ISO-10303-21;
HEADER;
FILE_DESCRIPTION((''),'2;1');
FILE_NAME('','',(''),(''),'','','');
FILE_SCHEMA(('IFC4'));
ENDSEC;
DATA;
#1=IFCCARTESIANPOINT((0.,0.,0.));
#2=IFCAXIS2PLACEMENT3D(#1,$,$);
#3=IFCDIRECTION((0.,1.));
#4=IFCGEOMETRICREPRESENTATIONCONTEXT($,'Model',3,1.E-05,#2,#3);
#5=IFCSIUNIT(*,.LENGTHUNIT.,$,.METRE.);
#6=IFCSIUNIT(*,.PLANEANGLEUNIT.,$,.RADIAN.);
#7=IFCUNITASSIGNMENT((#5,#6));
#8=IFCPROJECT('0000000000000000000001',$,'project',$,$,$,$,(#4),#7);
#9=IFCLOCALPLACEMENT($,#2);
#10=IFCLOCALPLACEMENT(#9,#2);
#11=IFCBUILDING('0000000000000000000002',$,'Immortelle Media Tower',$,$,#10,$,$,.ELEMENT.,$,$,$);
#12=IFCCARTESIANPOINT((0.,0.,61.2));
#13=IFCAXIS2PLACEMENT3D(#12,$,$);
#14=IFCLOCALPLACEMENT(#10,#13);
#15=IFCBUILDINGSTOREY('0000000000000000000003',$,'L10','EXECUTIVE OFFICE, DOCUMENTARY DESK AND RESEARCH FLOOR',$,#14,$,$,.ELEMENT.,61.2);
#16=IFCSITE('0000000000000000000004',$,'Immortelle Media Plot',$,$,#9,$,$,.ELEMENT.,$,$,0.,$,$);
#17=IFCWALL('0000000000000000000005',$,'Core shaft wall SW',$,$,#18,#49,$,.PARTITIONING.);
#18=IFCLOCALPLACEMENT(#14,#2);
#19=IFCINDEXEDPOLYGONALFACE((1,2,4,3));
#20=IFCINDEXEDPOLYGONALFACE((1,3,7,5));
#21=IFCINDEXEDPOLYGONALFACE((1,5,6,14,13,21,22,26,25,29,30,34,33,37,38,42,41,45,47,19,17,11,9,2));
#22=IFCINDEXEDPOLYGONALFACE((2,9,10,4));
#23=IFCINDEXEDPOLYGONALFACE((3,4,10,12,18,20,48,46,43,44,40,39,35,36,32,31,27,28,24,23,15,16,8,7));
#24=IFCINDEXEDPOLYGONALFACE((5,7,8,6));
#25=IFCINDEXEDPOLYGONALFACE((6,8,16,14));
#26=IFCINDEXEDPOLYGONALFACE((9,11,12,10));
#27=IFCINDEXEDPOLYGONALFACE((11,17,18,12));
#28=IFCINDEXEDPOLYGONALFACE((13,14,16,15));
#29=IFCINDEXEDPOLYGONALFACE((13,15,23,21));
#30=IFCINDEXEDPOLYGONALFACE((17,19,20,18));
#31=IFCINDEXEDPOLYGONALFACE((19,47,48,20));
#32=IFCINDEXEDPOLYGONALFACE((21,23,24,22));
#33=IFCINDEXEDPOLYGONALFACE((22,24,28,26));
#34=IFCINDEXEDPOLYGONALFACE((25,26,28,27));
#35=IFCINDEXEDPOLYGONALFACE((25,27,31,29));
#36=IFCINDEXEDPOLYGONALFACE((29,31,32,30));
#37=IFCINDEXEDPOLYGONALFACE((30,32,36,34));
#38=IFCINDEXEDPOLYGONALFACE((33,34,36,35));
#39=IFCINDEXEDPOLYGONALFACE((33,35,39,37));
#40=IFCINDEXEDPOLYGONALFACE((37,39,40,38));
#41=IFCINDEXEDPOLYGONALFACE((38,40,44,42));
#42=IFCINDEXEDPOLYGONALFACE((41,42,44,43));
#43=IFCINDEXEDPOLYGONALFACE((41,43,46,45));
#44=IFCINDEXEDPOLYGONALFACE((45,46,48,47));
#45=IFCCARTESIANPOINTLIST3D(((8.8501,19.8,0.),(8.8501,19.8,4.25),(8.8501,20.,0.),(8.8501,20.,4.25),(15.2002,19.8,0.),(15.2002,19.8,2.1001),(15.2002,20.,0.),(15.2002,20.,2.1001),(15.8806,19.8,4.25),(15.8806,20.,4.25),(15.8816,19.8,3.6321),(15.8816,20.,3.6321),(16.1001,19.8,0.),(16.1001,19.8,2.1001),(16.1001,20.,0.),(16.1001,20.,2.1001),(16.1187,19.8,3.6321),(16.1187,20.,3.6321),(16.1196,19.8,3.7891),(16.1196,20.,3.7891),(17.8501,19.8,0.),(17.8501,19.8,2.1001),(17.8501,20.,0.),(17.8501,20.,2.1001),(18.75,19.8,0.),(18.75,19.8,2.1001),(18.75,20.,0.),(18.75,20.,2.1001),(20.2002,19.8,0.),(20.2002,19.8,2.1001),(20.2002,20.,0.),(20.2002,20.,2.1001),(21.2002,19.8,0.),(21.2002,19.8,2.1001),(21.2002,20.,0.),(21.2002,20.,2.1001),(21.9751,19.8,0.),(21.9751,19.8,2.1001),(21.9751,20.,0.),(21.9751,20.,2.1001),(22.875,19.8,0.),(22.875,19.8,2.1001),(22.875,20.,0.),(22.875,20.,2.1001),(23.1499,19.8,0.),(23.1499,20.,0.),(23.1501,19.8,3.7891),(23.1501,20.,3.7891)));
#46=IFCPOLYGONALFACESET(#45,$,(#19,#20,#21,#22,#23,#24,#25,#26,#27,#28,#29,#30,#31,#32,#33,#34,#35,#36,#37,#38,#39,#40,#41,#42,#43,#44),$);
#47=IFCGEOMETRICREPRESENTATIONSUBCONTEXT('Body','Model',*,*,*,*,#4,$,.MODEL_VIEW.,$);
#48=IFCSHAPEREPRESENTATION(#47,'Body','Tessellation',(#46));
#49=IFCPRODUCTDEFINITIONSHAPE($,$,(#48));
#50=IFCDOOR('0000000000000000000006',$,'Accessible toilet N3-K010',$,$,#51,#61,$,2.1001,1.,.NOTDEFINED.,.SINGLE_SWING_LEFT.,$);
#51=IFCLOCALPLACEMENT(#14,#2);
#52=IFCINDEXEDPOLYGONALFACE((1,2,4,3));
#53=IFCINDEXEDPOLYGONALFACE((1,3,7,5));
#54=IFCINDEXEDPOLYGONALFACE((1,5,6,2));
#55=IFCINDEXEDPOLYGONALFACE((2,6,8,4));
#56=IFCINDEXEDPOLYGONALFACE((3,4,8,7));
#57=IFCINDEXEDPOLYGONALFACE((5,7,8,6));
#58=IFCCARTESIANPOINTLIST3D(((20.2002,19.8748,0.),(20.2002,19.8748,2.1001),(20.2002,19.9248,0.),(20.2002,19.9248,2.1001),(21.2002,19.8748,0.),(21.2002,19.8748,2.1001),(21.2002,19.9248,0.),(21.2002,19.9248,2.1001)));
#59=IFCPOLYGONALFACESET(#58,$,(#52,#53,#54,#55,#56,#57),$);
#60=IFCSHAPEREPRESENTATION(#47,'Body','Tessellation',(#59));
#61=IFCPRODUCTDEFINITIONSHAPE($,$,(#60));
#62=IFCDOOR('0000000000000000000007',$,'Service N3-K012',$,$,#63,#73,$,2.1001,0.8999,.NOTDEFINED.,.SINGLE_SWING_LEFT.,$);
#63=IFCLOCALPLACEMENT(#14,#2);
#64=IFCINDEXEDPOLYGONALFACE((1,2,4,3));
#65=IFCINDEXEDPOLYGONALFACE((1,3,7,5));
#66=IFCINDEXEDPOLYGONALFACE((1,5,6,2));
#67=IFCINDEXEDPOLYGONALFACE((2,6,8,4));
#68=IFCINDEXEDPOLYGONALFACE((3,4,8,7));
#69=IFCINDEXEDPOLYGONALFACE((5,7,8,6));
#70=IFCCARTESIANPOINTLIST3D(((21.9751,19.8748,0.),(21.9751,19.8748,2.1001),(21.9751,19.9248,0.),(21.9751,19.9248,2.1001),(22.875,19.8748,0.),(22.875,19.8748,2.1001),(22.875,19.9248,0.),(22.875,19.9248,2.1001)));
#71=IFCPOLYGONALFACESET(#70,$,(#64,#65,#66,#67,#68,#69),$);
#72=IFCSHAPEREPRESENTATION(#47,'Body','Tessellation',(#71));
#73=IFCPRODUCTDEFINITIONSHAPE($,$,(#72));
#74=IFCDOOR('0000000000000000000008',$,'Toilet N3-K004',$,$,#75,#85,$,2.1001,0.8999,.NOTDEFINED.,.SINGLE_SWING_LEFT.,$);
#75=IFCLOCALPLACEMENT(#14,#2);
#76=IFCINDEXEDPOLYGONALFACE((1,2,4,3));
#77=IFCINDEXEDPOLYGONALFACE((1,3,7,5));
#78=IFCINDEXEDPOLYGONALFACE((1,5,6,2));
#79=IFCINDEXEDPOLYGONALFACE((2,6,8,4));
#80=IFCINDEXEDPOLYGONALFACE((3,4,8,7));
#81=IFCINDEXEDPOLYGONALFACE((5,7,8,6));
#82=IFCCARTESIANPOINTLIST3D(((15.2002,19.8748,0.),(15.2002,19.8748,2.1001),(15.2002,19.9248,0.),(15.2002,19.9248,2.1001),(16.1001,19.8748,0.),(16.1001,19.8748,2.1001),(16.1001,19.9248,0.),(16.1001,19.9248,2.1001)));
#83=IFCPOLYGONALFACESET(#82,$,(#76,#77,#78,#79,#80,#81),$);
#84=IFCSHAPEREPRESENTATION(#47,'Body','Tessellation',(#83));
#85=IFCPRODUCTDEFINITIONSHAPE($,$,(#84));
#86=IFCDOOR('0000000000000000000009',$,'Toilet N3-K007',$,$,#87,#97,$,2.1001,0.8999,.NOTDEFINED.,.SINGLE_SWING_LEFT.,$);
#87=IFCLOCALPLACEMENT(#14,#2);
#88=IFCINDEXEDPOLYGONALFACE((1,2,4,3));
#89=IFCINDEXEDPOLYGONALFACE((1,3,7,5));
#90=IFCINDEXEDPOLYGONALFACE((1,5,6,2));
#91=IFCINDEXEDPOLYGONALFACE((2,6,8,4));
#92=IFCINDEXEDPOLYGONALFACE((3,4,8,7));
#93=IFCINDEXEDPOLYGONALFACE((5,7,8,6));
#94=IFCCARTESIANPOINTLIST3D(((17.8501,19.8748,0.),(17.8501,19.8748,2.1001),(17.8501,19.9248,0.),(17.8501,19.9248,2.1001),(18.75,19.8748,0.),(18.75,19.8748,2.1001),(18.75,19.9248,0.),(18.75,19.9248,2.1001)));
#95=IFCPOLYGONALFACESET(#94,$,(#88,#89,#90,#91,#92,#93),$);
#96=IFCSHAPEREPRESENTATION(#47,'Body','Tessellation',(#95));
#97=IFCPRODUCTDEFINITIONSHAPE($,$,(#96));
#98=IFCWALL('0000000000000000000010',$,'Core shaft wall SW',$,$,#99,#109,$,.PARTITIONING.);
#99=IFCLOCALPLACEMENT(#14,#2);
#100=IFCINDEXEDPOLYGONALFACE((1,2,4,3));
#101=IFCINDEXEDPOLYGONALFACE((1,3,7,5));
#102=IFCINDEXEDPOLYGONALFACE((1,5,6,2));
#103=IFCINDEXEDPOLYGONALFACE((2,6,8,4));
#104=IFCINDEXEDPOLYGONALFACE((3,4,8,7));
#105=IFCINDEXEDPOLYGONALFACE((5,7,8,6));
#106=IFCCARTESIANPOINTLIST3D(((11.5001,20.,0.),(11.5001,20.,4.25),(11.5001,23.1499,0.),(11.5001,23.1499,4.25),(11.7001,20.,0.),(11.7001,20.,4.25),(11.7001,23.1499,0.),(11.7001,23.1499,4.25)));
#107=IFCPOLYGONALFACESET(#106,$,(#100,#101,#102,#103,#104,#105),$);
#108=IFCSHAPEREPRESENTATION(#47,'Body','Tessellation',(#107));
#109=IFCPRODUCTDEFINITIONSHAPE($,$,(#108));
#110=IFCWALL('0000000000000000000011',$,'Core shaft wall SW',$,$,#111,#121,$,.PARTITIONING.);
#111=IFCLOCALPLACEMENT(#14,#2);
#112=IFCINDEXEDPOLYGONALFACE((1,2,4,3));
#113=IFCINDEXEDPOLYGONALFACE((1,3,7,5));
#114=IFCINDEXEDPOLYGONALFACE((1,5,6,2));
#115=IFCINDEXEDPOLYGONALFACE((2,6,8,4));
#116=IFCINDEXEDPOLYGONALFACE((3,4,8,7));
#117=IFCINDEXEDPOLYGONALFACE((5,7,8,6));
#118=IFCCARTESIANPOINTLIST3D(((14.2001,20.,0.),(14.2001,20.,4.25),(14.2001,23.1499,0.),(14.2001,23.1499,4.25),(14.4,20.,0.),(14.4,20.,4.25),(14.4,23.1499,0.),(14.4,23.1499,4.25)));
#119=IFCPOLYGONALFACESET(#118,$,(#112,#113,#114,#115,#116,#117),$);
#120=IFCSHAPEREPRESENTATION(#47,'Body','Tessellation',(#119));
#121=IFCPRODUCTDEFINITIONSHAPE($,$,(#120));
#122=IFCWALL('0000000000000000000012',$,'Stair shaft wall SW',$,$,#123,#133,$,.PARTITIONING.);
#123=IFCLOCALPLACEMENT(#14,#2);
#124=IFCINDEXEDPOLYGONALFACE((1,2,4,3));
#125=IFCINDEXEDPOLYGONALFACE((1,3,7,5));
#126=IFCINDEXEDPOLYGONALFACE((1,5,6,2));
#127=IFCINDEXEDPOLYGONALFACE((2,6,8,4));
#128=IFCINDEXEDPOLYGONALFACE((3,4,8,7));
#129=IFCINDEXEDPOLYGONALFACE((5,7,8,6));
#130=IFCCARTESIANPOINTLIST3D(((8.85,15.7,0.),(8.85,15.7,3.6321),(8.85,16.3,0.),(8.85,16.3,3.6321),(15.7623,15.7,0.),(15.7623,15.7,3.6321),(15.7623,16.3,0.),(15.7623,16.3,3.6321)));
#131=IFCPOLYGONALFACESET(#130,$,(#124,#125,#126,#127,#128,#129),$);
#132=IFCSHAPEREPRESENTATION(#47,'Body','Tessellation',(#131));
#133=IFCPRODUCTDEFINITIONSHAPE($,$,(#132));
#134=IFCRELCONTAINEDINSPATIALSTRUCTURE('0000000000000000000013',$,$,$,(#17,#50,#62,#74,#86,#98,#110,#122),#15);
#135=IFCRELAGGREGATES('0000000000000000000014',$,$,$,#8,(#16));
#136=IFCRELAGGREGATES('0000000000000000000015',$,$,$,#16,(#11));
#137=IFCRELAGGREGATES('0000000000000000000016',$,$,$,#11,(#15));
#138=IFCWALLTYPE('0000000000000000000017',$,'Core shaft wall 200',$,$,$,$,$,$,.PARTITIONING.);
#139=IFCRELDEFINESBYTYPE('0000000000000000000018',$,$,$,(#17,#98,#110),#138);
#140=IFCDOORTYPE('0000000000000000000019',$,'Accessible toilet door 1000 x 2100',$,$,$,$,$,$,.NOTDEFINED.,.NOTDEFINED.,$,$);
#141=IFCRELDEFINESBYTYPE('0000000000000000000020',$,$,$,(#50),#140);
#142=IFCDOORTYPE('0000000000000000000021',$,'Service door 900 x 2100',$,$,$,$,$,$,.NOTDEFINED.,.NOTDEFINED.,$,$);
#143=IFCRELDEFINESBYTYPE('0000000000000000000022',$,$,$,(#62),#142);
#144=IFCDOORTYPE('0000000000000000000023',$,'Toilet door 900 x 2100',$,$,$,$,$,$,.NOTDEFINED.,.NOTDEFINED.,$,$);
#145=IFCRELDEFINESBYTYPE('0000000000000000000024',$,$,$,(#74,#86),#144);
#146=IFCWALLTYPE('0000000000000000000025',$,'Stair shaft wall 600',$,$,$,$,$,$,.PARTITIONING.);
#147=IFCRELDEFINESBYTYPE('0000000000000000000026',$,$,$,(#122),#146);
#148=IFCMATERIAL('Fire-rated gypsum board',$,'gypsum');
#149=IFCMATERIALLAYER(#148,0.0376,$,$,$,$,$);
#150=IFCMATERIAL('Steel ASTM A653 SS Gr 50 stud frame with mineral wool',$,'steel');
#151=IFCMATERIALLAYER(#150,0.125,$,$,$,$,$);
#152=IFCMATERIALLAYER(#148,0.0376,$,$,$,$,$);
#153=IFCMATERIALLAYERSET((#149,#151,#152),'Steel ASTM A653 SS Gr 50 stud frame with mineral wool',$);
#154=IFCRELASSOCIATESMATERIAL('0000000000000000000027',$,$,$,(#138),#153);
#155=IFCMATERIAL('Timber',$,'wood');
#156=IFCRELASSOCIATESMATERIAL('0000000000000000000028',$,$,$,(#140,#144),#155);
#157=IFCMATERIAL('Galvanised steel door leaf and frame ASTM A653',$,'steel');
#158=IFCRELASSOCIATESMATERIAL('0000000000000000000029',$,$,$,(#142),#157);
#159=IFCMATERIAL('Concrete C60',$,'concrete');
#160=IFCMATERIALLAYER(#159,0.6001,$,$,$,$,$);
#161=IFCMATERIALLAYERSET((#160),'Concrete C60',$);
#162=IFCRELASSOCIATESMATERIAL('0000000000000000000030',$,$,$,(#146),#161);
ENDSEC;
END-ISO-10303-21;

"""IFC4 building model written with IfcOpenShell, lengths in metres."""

from ifc_helpers import new_model, si_unit, direction, frame, frame_2d, origin, place, context, subcontext, project, spatial, polyline, rectangle, outline, extrude, material, layer, layer_set, type_object, element, fill, save


model = new_model("IFC4")

# Units and contexts
model_context = context("Model", 3, precision=1e-05, world=origin(), true_north=direction((0.0, 1.0)))
body_context = subcontext(model_context, "Body", "Model", "MODEL_VIEW")
ifc_project = project(units=[si_unit("LENGTHUNIT", "METRE"), si_unit("PLANEANGLEUNIT", "RADIAN")], contexts=[model_context])

# Site, building, storey
site_placement = place(None, origin())
site = spatial("IfcSite", under=ifc_project, at=site_placement, Name="Immortelle Media Plot", CompositionType="ELEMENT", RefElevation=0.0)
building_placement = place(site_placement, origin())
building = spatial("IfcBuilding", under=site, at=building_placement, Name="Immortelle Media Tower", CompositionType="ELEMENT")
storey_placement = place(building_placement, frame((0.0, 0.0, 61.2)))
storey = spatial("IfcBuildingStorey", under=building, at=storey_placement, Name="L10", Description="EXECUTIVE OFFICE, DOCUMENTARY DESK AND RESEARCH FLOOR", CompositionType="ELEMENT", Elevation=61.2)

# Shared definitions
ifc_material_1 = material(Name="Galvanised steel door leaf and frame ASTM A653", Category="steel")

# Shared definitions
ifc_material_2 = material(Name="Fire-rated gypsum board", Category="gypsum")
ifc_material_3 = material(Name="Steel ASTM A653 SS Gr 50 stud frame with mineral wool", Category="steel")
ifc_layer_1 = layer(ifc_material_2, 0.0376)
ifc_layer_2 = layer(ifc_material_3, 0.125)
ifc_layer_3 = layer(ifc_material_2, 0.0376)
ifc_layer_set_1 = layer_set([ifc_layer_1, ifc_layer_2, ifc_layer_3], Name="Steel ASTM A653 SS Gr 50 stud frame with mineral wool")
wall_type_1 = type_object("IfcWallType", Name="Core shaft wall 200", PredefinedType="PARTITIONING", material=ifc_layer_set_1)

# Wall, openings, doors
wall_1_placement = place(storey_placement, frame((8.8501, 19.8999, 0.0), z_axis=(0.0, 0.0, 1.0), x_axis=(1.0, 0.0, 0.0)))
wall_1 = element("IfcWall", 1, at=wall_1_placement, inside=storey, type_object=wall_type_1, Name="Core shaft wall SW", PredefinedType="PARTITIONING", context=body_context, shape_type="SweptSolid", body=[
    extrude(outline(polyline([(0.0, 0.0), (14.2998, 0.0), (14.3, 3.7891), (7.2695, 3.7891), (7.2686, 3.6321), (7.0315, 3.6321), (7.0305, 4.25), (0.0, 4.25), (0.0, 0.0)])), frame((0.0, 0.1001, 0.0), z_axis=(0.0, -1.0, 0.0), x_axis=(1.0, 0.0, 0.0)), (0.0, 0.0, 1.0), 0.2),
])
opening_1_placement = place(wall_1_placement, frame((6.3501, 0.0, 0.0)))
opening_1 = element("IfcOpeningElement", 2, at=opening_1_placement, cuts=wall_1, PredefinedType="OPENING", context=body_context, shape_type="SweptSolid", body=[
    extrude(rectangle(XDim=0.8999, YDim=2.1001, at=frame_2d((0.45, 1.05))), frame((0.0, 0.1099, 0.0), z_axis=(0.0, -1.0, 0.0), x_axis=(1.0, 0.0, 0.0)), (0.0, 0.0, 1.0), 0.22),
])
opening_2_placement = place(wall_1_placement, frame((9.0, 0.0, 0.0)))
opening_2 = element("IfcOpeningElement", 3, at=opening_2_placement, cuts=wall_1, PredefinedType="OPENING", context=body_context, shape_type="SweptSolid", body=[
    extrude(rectangle(XDim=0.8999, YDim=2.1001, at=frame_2d((0.45, 1.05))), frame((0.0, 0.1099, 0.0), z_axis=(0.0, -1.0, 0.0), x_axis=(1.0, 0.0, 0.0)), (0.0, 0.0, 1.0), 0.22),
])
opening_3_placement = place(wall_1_placement, frame((11.3501, 0.0, 0.0)))
opening_3 = element("IfcOpeningElement", 4, at=opening_3_placement, cuts=wall_1, PredefinedType="OPENING", context=body_context, shape_type="SweptSolid", body=[
    extrude(rectangle(XDim=1.0, YDim=2.1001, at=frame_2d((0.5, 1.05))), frame((0.0, 0.1099, 0.0), z_axis=(0.0, -1.0, 0.0), x_axis=(1.0, 0.0, 0.0)), (0.0, 0.0, 1.0), 0.22),
])
opening_4_placement = place(wall_1_placement, frame((13.125, 0.0, 0.0)))
opening_4 = element("IfcOpeningElement", 5, at=opening_4_placement, cuts=wall_1, PredefinedType="OPENING", context=body_context, shape_type="SweptSolid", body=[
    extrude(rectangle(XDim=0.8999, YDim=2.1001, at=frame_2d((0.45, 1.05))), frame((0.0, 0.1099, 0.0), z_axis=(0.0, -1.0, 0.0), x_axis=(1.0, 0.0, 0.0)), (0.0, 0.0, 1.0), 0.22),
])
ifc_material_4 = material(Name="Timber", Category="wood")
door_type_1 = type_object("IfcDoorType", Name="Accessible toilet door 1000 x 2100", OperationType="NOTDEFINED", PredefinedType="NOTDEFINED", material=ifc_material_4)
door_1_placement = place(opening_3_placement, origin())
door_1 = element("IfcDoor", 6, at=door_1_placement, inside=storey, type_object=door_type_1, Name="Accessible toilet N3-K010", OperationType="SINGLE_SWING_LEFT", OverallHeight=2.1001, OverallWidth=1.0, PredefinedType="NOTDEFINED", context=body_context, shape_type="SweptSolid", body=[
    extrude(rectangle(XDim=1.0, YDim=2.1001, at=frame_2d((0.5, 1.05))), frame((0.0, 0.0249, 0.0), z_axis=(0.0, -1.0, 0.0), x_axis=(1.0, 0.0, 0.0)), (0.0, 0.0, 1.0), 0.05),
])
fill(opening_3, door_1)
door_type_2 = type_object("IfcDoorType", Name="Service door 900 x 2100", OperationType="NOTDEFINED", PredefinedType="NOTDEFINED", material=ifc_material_1)
door_2_placement = place(opening_4_placement, origin())
door_2 = element("IfcDoor", 7, at=door_2_placement, inside=storey, type_object=door_type_2, Name="Service N3-K012", OperationType="SINGLE_SWING_LEFT", OverallHeight=2.1001, OverallWidth=0.8999, PredefinedType="NOTDEFINED", context=body_context, shape_type="SweptSolid", body=[
    extrude(rectangle(XDim=0.8999, YDim=2.1001, at=frame_2d((0.45, 1.05))), frame((0.0, 0.0249, 0.0), z_axis=(0.0, -1.0, 0.0), x_axis=(1.0, 0.0, 0.0)), (0.0, 0.0, 1.0), 0.05),
])
fill(opening_4, door_2)
door_type_3 = type_object("IfcDoorType", Name="Toilet door 900 x 2100", OperationType="NOTDEFINED", PredefinedType="NOTDEFINED", material=ifc_material_4)
door_3_placement = place(opening_1_placement, origin())
door_3 = element("IfcDoor", 8, at=door_3_placement, inside=storey, type_object=door_type_3, Name="Toilet N3-K004", OperationType="SINGLE_SWING_LEFT", OverallHeight=2.1001, OverallWidth=0.8999, PredefinedType="NOTDEFINED", context=body_context, shape_type="SweptSolid", body=[
    extrude(rectangle(XDim=0.8999, YDim=2.1001, at=frame_2d((0.45, 1.05))), frame((0.0, 0.0249, 0.0), z_axis=(0.0, -1.0, 0.0), x_axis=(1.0, 0.0, 0.0)), (0.0, 0.0, 1.0), 0.05),
])
fill(opening_1, door_3)
door_4_placement = place(opening_2_placement, origin())
door_4 = element("IfcDoor", 9, at=door_4_placement, inside=storey, type_object=door_type_3, Name="Toilet N3-K007", OperationType="SINGLE_SWING_LEFT", OverallHeight=2.1001, OverallWidth=0.8999, PredefinedType="NOTDEFINED", context=body_context, shape_type="SweptSolid", body=[
    extrude(rectangle(XDim=0.8999, YDim=2.1001, at=frame_2d((0.45, 1.05))), frame((0.0, 0.0249, 0.0), z_axis=(0.0, -1.0, 0.0), x_axis=(1.0, 0.0, 0.0)), (0.0, 0.0, 1.0), 0.05),
])
fill(opening_2, door_4)

# Walls
for number, where, z_axis, x_axis, name in (
    (10, (11.6001, 20.0, 0.0), (0.0, 0.0, 1.0), (0.0, 1.0, 0.0), "Core shaft wall SW"),
    (11, (14.3, 20.0, 0.0), (0.0, 0.0, 1.0), (0.0, 1.0, 0.0), "Core shaft wall SW"),
):
    element("IfcWall", number, at=place(storey_placement, frame(where, z_axis=z_axis, x_axis=x_axis)), inside=storey, type_object=wall_type_1, Name=name, PredefinedType="PARTITIONING", context=body_context, shape_type="SweptSolid", body=[
        extrude(rectangle(XDim=3.1499, YDim=0.2, at=frame_2d((1.575, 0.0))), origin(), (0.0, 0.0, 1.0), 4.25),
    ])
ifc_material_5 = material(Name="Concrete C60", Category="concrete")
ifc_layer_4 = layer(ifc_material_5, 0.6001)
ifc_layer_set_2 = layer_set([ifc_layer_4], Name="Concrete C60")
wall_type_2 = type_object("IfcWallType", Name="Stair shaft wall 600", PredefinedType="PARTITIONING", material=ifc_layer_set_2)
wall_2_placement = place(storey_placement, frame((8.8501, 16.0, 0.0), z_axis=(0.0, 0.0, 1.0), x_axis=(1.0, 0.0, 0.0)))
element("IfcWall", 12, at=wall_2_placement, inside=storey, type_object=wall_type_2, Name="Stair shaft wall SW", PredefinedType="PARTITIONING", context=body_context, shape_type="SweptSolid", body=[
    extrude(rectangle(XDim=6.9124, YDim=0.6001, at=frame_2d((3.4561, 0.0))), origin(), (0.0, 0.0, 1.0), 3.6321),
])

save(model, "model.ifc")
